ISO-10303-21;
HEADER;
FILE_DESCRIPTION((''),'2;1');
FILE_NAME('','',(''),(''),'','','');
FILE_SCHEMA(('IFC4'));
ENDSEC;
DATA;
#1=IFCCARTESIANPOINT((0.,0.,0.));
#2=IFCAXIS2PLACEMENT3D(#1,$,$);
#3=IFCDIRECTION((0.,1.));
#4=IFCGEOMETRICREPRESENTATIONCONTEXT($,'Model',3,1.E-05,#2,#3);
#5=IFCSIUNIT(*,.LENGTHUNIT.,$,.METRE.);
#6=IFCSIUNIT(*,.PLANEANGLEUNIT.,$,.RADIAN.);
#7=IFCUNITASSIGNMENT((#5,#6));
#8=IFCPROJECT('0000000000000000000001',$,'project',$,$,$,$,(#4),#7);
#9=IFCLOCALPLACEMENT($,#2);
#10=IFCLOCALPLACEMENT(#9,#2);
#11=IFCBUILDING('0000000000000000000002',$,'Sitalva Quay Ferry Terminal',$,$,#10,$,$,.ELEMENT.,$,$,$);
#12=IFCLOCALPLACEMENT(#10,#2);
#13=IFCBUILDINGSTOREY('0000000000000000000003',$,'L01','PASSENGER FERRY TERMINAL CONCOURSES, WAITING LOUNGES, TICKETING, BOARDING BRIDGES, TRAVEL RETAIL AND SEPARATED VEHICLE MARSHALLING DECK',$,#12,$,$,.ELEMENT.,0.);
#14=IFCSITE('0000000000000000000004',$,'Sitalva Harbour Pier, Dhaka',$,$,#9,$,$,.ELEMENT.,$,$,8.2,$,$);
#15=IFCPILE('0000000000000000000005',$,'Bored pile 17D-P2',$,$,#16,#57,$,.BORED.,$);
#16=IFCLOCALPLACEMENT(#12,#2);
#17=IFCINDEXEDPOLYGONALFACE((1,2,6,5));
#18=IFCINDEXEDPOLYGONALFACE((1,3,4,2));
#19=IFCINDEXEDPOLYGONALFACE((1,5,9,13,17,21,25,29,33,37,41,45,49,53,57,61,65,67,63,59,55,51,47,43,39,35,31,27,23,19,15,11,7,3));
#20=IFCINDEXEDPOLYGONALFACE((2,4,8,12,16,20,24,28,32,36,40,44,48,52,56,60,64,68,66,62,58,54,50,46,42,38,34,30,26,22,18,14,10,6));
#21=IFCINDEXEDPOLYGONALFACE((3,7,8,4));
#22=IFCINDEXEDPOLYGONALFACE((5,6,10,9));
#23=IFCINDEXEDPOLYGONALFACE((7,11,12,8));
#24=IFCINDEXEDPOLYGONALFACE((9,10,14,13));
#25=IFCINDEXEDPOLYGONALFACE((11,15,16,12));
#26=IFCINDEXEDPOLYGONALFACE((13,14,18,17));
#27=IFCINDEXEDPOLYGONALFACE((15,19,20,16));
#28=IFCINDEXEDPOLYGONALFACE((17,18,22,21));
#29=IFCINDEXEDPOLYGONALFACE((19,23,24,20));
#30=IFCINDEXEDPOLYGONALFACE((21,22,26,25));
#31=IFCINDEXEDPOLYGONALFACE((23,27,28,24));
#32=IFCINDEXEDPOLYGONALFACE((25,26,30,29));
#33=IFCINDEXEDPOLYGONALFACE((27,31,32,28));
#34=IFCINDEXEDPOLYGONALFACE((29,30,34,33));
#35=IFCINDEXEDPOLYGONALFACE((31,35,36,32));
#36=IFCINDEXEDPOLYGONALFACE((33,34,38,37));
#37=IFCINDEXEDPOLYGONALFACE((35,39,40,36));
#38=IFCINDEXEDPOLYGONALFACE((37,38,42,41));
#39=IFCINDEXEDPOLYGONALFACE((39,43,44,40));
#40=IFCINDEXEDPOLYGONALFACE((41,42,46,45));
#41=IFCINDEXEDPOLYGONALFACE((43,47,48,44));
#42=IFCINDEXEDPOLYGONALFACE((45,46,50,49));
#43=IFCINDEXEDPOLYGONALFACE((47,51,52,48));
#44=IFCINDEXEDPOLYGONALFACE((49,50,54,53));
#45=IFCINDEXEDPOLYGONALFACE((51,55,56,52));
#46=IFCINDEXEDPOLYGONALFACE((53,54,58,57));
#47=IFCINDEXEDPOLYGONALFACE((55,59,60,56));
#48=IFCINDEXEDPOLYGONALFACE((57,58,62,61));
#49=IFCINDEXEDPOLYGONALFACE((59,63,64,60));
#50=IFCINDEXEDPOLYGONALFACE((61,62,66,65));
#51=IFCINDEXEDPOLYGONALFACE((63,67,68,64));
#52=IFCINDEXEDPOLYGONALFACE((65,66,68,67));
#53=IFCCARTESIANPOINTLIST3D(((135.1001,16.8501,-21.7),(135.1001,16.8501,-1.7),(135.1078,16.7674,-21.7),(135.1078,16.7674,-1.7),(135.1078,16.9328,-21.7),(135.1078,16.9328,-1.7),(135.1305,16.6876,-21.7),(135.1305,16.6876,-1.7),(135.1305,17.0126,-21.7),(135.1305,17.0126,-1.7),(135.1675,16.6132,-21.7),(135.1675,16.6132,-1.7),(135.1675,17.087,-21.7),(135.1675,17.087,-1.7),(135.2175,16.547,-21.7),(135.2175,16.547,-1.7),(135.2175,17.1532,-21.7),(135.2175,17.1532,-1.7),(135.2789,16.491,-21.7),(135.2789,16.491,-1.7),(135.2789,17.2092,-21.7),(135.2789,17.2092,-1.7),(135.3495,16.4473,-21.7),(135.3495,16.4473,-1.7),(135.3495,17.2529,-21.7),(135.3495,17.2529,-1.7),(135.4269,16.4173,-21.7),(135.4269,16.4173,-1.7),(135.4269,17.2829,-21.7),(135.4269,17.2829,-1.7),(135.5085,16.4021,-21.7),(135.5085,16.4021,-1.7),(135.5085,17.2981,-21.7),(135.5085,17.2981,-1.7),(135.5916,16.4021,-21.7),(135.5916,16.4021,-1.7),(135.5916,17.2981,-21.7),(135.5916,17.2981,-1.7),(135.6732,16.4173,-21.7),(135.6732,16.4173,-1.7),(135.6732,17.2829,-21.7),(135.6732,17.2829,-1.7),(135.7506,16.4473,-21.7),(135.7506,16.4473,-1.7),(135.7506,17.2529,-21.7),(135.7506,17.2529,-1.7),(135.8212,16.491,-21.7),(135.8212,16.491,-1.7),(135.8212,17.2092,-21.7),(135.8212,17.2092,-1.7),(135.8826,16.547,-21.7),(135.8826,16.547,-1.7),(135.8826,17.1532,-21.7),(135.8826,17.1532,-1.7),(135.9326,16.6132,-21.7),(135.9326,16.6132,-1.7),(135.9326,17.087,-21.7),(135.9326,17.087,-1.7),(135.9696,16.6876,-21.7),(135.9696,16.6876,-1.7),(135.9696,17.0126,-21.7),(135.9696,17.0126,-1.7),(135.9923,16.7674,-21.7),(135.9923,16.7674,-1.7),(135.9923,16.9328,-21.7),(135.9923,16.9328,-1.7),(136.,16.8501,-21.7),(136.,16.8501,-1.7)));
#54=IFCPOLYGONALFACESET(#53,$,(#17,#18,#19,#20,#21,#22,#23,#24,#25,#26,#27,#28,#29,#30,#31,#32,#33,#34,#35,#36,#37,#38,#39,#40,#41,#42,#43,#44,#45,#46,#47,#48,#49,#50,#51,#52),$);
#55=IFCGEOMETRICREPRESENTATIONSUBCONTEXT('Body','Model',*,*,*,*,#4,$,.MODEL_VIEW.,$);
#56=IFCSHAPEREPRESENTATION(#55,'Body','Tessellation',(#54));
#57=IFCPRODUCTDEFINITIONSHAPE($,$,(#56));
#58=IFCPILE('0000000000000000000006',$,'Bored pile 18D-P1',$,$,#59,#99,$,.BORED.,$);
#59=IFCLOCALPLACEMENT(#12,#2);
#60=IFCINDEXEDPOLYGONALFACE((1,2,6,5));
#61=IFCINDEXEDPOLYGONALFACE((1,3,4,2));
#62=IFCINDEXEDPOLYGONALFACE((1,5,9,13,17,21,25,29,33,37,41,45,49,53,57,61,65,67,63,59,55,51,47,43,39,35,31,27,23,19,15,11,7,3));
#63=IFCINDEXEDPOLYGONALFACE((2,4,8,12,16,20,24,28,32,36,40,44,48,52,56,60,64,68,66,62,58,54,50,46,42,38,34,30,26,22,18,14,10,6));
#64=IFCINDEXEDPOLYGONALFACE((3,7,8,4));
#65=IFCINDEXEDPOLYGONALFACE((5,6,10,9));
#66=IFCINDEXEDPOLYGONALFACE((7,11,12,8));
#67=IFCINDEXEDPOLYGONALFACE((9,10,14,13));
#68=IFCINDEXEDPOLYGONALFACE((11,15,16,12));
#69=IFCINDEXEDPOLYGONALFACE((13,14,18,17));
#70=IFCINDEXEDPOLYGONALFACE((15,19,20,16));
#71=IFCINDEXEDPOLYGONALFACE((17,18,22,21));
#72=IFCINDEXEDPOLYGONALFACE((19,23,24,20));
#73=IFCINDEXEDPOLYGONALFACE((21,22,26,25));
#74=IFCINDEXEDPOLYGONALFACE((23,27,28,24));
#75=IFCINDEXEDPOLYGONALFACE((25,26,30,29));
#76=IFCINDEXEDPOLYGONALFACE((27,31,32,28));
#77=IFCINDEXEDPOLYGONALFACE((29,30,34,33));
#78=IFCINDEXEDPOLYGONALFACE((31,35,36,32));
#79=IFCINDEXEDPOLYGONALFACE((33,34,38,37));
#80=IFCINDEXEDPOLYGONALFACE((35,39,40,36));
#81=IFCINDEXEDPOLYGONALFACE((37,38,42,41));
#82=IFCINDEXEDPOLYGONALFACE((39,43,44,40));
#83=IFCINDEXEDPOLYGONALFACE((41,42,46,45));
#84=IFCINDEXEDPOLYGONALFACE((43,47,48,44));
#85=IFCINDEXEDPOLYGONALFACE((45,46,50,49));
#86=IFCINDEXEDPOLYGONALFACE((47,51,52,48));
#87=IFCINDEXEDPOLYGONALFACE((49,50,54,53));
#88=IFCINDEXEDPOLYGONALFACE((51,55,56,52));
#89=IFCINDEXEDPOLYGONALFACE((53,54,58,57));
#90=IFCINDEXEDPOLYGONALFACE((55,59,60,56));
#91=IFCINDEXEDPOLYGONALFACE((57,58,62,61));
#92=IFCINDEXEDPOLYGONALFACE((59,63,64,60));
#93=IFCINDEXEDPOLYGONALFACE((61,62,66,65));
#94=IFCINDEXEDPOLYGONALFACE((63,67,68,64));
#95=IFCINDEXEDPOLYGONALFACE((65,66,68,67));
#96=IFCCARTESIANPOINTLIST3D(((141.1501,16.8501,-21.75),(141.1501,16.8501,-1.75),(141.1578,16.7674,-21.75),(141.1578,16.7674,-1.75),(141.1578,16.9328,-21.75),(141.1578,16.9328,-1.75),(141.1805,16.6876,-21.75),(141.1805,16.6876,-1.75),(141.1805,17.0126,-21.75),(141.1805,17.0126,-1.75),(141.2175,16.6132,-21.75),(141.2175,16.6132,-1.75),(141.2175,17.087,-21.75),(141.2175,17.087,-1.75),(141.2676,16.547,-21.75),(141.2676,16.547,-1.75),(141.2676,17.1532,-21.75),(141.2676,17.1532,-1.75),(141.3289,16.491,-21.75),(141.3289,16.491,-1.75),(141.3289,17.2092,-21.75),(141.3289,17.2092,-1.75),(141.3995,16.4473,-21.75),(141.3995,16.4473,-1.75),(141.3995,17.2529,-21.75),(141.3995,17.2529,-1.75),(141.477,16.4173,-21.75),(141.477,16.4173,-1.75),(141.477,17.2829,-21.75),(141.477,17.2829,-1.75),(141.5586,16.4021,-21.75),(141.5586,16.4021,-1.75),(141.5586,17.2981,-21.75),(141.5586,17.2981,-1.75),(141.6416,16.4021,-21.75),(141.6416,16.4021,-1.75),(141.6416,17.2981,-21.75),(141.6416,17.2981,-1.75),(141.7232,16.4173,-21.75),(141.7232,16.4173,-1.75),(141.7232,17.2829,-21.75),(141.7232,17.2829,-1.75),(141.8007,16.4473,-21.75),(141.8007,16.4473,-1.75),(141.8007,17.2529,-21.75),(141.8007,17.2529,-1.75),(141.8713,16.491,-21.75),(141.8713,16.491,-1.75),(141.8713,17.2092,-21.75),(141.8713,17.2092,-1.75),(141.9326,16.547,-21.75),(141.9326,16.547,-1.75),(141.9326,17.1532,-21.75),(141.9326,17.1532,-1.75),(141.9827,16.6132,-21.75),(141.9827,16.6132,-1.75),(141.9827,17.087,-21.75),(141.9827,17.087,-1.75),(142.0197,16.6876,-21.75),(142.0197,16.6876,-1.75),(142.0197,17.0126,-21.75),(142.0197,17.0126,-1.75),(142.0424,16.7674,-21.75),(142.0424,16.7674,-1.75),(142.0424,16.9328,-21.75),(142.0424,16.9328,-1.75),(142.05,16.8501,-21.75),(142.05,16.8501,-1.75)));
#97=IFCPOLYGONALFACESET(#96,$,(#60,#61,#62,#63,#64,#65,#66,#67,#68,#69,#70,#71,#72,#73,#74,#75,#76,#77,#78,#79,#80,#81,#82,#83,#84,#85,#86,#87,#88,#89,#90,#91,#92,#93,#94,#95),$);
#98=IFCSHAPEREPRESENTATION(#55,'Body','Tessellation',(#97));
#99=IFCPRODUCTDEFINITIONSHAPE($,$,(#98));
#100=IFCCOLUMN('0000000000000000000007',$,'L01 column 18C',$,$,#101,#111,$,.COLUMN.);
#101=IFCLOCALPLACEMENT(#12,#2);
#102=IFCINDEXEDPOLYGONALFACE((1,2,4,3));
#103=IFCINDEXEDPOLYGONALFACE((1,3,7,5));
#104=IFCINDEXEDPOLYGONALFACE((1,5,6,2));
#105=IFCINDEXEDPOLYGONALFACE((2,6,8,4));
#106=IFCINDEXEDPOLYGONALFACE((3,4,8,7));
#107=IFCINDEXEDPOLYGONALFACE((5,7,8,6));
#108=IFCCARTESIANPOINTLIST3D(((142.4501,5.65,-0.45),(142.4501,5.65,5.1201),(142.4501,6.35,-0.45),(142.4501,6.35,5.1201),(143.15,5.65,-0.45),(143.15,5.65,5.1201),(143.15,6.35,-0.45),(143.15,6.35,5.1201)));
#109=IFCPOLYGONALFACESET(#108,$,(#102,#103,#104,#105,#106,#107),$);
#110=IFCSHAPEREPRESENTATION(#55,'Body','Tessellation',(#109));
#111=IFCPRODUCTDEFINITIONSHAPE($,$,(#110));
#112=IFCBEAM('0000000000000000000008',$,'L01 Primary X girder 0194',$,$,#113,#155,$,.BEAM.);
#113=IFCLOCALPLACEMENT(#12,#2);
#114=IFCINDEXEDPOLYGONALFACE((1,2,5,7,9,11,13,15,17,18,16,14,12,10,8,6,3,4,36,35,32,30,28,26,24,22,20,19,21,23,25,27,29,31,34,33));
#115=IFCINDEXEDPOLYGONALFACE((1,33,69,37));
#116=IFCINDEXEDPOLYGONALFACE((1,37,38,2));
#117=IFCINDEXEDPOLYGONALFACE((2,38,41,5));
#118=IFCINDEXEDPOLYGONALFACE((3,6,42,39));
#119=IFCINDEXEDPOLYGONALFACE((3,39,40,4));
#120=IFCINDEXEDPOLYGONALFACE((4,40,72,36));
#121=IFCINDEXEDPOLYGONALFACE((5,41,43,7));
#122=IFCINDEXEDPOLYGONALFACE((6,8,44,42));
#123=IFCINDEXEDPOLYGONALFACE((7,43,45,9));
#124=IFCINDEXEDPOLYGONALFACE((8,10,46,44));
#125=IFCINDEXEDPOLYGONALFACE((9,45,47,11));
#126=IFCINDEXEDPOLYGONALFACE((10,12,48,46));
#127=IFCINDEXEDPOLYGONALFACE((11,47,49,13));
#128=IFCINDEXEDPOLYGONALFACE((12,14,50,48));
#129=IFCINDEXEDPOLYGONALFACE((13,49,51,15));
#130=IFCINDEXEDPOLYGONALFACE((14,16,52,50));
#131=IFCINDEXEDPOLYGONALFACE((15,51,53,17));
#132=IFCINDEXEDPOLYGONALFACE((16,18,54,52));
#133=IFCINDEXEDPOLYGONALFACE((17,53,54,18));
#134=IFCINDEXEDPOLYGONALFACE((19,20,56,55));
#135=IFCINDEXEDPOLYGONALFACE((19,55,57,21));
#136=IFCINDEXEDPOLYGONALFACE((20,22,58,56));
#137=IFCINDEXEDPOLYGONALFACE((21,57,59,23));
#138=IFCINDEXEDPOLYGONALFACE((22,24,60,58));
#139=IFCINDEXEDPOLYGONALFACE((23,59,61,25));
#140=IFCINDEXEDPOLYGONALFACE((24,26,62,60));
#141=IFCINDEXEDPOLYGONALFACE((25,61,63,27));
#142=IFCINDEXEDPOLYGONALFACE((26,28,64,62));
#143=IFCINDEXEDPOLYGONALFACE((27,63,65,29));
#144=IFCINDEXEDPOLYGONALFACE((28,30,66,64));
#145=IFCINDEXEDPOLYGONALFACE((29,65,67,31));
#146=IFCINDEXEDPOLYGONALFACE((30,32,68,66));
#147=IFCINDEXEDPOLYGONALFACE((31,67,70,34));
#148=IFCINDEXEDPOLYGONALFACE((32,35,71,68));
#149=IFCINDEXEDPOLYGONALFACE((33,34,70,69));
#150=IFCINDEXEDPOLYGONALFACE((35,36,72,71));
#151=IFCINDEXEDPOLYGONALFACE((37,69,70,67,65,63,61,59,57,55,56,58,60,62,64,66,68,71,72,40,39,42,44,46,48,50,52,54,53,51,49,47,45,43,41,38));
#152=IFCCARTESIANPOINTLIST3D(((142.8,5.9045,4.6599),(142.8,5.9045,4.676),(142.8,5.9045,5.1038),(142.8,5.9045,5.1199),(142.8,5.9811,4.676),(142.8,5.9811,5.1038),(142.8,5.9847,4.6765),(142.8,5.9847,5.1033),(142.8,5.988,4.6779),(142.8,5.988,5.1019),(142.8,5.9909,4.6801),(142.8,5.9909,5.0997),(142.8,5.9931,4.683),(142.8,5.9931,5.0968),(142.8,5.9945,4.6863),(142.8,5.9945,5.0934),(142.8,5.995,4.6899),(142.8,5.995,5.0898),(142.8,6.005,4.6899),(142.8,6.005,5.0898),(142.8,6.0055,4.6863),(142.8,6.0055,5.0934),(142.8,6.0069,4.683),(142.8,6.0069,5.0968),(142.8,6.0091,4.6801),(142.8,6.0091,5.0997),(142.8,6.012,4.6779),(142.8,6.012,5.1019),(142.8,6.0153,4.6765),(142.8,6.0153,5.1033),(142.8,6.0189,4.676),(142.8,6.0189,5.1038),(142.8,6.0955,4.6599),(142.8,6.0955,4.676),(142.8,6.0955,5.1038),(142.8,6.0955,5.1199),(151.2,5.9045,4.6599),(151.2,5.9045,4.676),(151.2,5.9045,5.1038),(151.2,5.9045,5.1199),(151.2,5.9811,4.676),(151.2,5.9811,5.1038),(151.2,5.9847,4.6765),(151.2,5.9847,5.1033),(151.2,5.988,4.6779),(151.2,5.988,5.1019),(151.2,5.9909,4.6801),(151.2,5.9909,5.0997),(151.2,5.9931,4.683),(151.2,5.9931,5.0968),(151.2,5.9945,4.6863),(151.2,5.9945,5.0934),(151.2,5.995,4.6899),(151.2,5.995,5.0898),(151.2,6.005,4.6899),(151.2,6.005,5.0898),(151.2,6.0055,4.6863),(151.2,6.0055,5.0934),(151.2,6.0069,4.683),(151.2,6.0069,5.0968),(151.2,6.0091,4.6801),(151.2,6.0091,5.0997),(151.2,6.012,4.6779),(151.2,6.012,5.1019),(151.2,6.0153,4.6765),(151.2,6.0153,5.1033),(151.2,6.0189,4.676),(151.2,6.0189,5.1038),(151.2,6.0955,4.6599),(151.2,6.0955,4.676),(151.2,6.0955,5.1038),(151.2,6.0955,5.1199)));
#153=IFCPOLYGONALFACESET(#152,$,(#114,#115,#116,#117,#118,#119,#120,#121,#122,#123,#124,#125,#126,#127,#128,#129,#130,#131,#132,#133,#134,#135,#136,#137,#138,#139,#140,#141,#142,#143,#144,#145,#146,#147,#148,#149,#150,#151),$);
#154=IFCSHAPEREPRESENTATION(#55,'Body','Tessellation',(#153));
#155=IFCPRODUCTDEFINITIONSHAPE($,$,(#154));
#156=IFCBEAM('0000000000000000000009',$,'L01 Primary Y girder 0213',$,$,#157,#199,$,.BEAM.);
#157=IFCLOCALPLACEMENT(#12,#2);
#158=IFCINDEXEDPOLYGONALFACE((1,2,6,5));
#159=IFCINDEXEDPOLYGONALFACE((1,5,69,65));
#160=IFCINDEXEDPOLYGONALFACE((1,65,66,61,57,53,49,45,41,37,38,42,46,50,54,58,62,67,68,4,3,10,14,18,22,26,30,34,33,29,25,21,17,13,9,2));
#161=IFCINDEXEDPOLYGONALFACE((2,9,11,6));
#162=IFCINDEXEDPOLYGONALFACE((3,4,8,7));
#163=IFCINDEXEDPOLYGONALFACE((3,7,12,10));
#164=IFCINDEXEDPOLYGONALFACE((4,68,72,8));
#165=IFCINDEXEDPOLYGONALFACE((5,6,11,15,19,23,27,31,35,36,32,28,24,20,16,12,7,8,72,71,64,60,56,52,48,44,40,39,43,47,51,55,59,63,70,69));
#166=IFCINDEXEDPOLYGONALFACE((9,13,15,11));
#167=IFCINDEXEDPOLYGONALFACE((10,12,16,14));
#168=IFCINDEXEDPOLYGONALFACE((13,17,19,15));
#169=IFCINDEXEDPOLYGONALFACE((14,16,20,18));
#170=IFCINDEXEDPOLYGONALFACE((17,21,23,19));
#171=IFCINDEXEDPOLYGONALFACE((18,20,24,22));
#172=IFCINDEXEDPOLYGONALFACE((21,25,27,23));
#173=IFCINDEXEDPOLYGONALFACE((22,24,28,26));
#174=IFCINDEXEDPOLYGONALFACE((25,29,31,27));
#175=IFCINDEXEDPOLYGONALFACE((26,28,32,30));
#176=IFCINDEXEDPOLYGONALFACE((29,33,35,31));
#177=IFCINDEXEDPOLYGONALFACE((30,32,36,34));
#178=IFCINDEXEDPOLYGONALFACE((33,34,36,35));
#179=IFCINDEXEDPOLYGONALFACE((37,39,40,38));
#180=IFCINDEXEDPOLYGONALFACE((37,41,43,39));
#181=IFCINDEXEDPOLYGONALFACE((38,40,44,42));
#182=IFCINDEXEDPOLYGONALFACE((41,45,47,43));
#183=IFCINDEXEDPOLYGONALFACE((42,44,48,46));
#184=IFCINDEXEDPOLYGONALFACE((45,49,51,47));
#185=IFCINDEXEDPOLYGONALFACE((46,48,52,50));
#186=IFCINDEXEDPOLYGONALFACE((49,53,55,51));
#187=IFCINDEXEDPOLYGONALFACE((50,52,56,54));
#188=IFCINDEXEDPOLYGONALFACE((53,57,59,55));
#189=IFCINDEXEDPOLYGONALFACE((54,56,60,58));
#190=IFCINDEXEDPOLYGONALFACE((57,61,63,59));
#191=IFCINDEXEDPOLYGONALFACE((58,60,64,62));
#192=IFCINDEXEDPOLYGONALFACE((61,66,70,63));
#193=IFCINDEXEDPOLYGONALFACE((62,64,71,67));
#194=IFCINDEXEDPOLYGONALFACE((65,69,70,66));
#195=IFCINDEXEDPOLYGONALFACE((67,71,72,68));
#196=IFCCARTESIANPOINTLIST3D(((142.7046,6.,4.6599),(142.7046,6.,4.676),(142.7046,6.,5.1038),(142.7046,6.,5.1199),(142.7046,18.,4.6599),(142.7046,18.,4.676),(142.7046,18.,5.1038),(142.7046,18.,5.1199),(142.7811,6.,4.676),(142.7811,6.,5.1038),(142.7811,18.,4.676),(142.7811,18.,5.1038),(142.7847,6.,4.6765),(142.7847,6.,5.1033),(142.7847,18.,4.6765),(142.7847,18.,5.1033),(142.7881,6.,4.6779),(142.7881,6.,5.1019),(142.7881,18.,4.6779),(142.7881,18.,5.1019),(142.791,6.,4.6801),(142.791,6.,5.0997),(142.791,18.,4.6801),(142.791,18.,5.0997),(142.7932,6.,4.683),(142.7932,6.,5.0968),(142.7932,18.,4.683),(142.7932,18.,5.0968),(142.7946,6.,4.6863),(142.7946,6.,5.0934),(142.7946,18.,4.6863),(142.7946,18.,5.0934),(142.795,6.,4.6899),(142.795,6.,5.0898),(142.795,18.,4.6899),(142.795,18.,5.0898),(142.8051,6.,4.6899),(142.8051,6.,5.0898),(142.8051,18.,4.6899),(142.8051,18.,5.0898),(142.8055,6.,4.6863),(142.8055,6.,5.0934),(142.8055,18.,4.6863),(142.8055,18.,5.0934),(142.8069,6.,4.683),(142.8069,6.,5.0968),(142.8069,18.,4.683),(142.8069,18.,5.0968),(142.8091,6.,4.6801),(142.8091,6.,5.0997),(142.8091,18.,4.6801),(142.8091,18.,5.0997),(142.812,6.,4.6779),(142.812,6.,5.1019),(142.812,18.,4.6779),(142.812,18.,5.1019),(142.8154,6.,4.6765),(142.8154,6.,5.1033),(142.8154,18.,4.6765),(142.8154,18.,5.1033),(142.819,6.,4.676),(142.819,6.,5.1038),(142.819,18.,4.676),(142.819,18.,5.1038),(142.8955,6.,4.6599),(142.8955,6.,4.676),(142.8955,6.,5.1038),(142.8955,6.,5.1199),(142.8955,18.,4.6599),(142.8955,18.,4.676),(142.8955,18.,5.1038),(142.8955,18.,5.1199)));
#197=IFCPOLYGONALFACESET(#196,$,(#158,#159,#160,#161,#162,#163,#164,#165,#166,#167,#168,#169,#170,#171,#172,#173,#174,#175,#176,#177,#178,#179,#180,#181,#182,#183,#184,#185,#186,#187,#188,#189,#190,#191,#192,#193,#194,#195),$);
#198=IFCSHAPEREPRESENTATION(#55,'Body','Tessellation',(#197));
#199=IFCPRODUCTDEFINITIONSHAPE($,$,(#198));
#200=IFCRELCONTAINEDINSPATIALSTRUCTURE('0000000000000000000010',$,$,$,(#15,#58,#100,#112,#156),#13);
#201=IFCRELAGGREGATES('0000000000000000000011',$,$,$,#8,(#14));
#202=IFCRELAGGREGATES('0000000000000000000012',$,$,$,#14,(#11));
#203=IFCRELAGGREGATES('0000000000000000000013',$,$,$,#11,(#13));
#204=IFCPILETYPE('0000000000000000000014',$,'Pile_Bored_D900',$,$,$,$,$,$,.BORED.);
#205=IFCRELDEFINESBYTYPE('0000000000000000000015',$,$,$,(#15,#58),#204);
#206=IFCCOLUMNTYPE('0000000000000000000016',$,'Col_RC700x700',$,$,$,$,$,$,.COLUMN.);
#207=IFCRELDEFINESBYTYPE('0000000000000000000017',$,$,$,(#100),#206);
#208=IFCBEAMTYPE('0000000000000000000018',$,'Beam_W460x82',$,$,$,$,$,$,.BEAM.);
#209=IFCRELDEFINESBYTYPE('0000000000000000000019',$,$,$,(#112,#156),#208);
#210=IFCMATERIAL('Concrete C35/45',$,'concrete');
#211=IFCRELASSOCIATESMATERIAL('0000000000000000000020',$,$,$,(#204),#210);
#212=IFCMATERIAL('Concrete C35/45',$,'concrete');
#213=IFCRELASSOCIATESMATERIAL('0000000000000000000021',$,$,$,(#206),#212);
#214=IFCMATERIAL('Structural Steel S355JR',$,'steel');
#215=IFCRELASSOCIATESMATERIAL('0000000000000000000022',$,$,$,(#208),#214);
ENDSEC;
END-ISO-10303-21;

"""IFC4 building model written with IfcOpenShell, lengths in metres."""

from ifc_helpers import new_model, si_unit, direction, frame, origin, origin_2d, place, context, subcontext, project, spatial, rectangle, circle, i_section, extrude, material, material_profile, profile_set, type_object, element, save


model = new_model("IFC4")

# Units and contexts
model_context = context("Model", 3, precision=1e-05, world=origin(), true_north=direction((0.0, 1.0)))
body_context = subcontext(model_context, "Body", "Model", "MODEL_VIEW")
ifc_project = project(units=[si_unit("LENGTHUNIT", "METRE"), si_unit("PLANEANGLEUNIT", "RADIAN")], contexts=[model_context])

# Site, building, storey
site_placement = place(None, origin())
site = spatial("IfcSite", under=ifc_project, at=site_placement, Name="Sitalva Harbour Pier, Dhaka", CompositionType="ELEMENT", RefElevation=8.2)
building_placement = place(site_placement, origin())
building = spatial("IfcBuilding", under=site, at=building_placement, Name="Sitalva Quay Ferry Terminal", CompositionType="ELEMENT")
storey_placement = place(building_placement, origin())
storey = spatial("IfcBuildingStorey", under=building, at=storey_placement, Name="L01", Description="PASSENGER FERRY TERMINAL CONCOURSES, WAITING LOUNGES, TICKETING, BOARDING BRIDGES, TRAVEL RETAIL AND SEPARATED VEHICLE MARSHALLING DECK", CompositionType="ELEMENT", Elevation=0.0)

# Piles
ifc_material_1 = material(Name="Concrete C35/45", Category="concrete")
ifc_material_profile_1 = material_profile(ifc_material_1, circle(Radius=0.45, at=origin_2d()), Name="PILE-D900")
ifc_profile_set_1 = profile_set([ifc_material_profile_1], Name="Concrete C35/45")
pile_type_1 = type_object("IfcPileType", Name="Pile_Bored_D900", PredefinedType="BORED", material=ifc_profile_set_1)
for number, where, z_axis, x_axis, name in (
    (1, (135.55, 16.8501, -1.7), (0.0, 0.0, -1.0), (1.0, 0.0, 0.0), "Bored pile 17D-P2"),
    (2, (141.6001, 16.8501, -1.75), (0.0, 0.0, -1.0), (1.0, 0.0, 0.0), "Bored pile 18D-P1"),
):
    element("IfcPile", number, at=place(storey_placement, frame(where, z_axis=z_axis, x_axis=x_axis)), inside=storey, type_object=pile_type_1, Name=name, PredefinedType="BORED", context=body_context, shape_type="SweptSolid", body=[
        extrude(circle(Radius=0.45, at=origin_2d()), origin(), (0.0, 0.0, 1.0), 20.0),
    ])

# Column
ifc_material_2 = material(Name="Concrete C35/45", Category="concrete")
ifc_material_profile_2 = material_profile(ifc_material_2, rectangle(XDim=0.7, YDim=0.7, at=origin_2d()), Name="RC700x700")
ifc_profile_set_2 = profile_set([ifc_material_profile_2], Name="Concrete C35/45")
column_type = type_object("IfcColumnType", Name="Col_RC700x700", PredefinedType="COLUMN", material=ifc_profile_set_2)
column_placement = place(storey_placement, frame((142.8, 6.0, -0.45), z_axis=(0.0, 0.0, 1.0), x_axis=(1.0, 0.0, 0.0)))
element("IfcColumn", 3, at=column_placement, inside=storey, type_object=column_type, Name="L01 column 18C", PredefinedType="COLUMN", context=body_context, shape_type="SweptSolid", body=[
    extrude(rectangle(XDim=0.7, YDim=0.7, at=origin_2d()), origin(), (0.0, 0.0, 1.0), 5.5701),
])

# Beams
ifc_material_3 = material(Name="Structural Steel S355JR", Category="steel")
ifc_material_profile_3 = material_profile(ifc_material_3, i_section(OverallWidth=0.1909, OverallDepth=0.46, WebThickness=0.01, FlangeThickness=0.0161, FilletRadius=0.0139, at=origin_2d()), Name="W460x82")
ifc_profile_set_3 = profile_set([ifc_material_profile_3], Name="Structural Steel S355JR")
beam_type_1 = type_object("IfcBeamType", Name="Beam_W460x82", PredefinedType="BEAM", material=ifc_profile_set_3)
beam_1_placement = place(storey_placement, frame((142.8, 6.0, 4.8899), z_axis=(1.0, 0.0, 0.0), x_axis=(0.0, 1.0, 0.0)))
element("IfcBeam", 4, at=beam_1_placement, inside=storey, type_object=beam_type_1, Name="L01 Primary X girder 0194", PredefinedType="BEAM", context=body_context, shape_type="SweptSolid", body=[
    extrude(i_section(OverallWidth=0.1909, OverallDepth=0.46, WebThickness=0.01, FlangeThickness=0.0161, FilletRadius=0.0139, at=origin_2d()), origin(), (0.0, 0.0, 1.0), 8.3999),
])
beam_2_placement = place(storey_placement, frame((142.8, 6.0, 4.8899), z_axis=(0.0, 1.0, 0.0), x_axis=(-1.0, 0.0, 0.0)))
element("IfcBeam", 5, at=beam_2_placement, inside=storey, type_object=beam_type_1, Name="L01 Primary Y girder 0213", PredefinedType="BEAM", context=body_context, shape_type="SweptSolid", body=[
    extrude(i_section(OverallWidth=0.1909, OverallDepth=0.46, WebThickness=0.01, FlangeThickness=0.0161, FilletRadius=0.0139, at=origin_2d()), origin(), (0.0, 0.0, 1.0), 12.0),
])

save(model, "model.ifc")
